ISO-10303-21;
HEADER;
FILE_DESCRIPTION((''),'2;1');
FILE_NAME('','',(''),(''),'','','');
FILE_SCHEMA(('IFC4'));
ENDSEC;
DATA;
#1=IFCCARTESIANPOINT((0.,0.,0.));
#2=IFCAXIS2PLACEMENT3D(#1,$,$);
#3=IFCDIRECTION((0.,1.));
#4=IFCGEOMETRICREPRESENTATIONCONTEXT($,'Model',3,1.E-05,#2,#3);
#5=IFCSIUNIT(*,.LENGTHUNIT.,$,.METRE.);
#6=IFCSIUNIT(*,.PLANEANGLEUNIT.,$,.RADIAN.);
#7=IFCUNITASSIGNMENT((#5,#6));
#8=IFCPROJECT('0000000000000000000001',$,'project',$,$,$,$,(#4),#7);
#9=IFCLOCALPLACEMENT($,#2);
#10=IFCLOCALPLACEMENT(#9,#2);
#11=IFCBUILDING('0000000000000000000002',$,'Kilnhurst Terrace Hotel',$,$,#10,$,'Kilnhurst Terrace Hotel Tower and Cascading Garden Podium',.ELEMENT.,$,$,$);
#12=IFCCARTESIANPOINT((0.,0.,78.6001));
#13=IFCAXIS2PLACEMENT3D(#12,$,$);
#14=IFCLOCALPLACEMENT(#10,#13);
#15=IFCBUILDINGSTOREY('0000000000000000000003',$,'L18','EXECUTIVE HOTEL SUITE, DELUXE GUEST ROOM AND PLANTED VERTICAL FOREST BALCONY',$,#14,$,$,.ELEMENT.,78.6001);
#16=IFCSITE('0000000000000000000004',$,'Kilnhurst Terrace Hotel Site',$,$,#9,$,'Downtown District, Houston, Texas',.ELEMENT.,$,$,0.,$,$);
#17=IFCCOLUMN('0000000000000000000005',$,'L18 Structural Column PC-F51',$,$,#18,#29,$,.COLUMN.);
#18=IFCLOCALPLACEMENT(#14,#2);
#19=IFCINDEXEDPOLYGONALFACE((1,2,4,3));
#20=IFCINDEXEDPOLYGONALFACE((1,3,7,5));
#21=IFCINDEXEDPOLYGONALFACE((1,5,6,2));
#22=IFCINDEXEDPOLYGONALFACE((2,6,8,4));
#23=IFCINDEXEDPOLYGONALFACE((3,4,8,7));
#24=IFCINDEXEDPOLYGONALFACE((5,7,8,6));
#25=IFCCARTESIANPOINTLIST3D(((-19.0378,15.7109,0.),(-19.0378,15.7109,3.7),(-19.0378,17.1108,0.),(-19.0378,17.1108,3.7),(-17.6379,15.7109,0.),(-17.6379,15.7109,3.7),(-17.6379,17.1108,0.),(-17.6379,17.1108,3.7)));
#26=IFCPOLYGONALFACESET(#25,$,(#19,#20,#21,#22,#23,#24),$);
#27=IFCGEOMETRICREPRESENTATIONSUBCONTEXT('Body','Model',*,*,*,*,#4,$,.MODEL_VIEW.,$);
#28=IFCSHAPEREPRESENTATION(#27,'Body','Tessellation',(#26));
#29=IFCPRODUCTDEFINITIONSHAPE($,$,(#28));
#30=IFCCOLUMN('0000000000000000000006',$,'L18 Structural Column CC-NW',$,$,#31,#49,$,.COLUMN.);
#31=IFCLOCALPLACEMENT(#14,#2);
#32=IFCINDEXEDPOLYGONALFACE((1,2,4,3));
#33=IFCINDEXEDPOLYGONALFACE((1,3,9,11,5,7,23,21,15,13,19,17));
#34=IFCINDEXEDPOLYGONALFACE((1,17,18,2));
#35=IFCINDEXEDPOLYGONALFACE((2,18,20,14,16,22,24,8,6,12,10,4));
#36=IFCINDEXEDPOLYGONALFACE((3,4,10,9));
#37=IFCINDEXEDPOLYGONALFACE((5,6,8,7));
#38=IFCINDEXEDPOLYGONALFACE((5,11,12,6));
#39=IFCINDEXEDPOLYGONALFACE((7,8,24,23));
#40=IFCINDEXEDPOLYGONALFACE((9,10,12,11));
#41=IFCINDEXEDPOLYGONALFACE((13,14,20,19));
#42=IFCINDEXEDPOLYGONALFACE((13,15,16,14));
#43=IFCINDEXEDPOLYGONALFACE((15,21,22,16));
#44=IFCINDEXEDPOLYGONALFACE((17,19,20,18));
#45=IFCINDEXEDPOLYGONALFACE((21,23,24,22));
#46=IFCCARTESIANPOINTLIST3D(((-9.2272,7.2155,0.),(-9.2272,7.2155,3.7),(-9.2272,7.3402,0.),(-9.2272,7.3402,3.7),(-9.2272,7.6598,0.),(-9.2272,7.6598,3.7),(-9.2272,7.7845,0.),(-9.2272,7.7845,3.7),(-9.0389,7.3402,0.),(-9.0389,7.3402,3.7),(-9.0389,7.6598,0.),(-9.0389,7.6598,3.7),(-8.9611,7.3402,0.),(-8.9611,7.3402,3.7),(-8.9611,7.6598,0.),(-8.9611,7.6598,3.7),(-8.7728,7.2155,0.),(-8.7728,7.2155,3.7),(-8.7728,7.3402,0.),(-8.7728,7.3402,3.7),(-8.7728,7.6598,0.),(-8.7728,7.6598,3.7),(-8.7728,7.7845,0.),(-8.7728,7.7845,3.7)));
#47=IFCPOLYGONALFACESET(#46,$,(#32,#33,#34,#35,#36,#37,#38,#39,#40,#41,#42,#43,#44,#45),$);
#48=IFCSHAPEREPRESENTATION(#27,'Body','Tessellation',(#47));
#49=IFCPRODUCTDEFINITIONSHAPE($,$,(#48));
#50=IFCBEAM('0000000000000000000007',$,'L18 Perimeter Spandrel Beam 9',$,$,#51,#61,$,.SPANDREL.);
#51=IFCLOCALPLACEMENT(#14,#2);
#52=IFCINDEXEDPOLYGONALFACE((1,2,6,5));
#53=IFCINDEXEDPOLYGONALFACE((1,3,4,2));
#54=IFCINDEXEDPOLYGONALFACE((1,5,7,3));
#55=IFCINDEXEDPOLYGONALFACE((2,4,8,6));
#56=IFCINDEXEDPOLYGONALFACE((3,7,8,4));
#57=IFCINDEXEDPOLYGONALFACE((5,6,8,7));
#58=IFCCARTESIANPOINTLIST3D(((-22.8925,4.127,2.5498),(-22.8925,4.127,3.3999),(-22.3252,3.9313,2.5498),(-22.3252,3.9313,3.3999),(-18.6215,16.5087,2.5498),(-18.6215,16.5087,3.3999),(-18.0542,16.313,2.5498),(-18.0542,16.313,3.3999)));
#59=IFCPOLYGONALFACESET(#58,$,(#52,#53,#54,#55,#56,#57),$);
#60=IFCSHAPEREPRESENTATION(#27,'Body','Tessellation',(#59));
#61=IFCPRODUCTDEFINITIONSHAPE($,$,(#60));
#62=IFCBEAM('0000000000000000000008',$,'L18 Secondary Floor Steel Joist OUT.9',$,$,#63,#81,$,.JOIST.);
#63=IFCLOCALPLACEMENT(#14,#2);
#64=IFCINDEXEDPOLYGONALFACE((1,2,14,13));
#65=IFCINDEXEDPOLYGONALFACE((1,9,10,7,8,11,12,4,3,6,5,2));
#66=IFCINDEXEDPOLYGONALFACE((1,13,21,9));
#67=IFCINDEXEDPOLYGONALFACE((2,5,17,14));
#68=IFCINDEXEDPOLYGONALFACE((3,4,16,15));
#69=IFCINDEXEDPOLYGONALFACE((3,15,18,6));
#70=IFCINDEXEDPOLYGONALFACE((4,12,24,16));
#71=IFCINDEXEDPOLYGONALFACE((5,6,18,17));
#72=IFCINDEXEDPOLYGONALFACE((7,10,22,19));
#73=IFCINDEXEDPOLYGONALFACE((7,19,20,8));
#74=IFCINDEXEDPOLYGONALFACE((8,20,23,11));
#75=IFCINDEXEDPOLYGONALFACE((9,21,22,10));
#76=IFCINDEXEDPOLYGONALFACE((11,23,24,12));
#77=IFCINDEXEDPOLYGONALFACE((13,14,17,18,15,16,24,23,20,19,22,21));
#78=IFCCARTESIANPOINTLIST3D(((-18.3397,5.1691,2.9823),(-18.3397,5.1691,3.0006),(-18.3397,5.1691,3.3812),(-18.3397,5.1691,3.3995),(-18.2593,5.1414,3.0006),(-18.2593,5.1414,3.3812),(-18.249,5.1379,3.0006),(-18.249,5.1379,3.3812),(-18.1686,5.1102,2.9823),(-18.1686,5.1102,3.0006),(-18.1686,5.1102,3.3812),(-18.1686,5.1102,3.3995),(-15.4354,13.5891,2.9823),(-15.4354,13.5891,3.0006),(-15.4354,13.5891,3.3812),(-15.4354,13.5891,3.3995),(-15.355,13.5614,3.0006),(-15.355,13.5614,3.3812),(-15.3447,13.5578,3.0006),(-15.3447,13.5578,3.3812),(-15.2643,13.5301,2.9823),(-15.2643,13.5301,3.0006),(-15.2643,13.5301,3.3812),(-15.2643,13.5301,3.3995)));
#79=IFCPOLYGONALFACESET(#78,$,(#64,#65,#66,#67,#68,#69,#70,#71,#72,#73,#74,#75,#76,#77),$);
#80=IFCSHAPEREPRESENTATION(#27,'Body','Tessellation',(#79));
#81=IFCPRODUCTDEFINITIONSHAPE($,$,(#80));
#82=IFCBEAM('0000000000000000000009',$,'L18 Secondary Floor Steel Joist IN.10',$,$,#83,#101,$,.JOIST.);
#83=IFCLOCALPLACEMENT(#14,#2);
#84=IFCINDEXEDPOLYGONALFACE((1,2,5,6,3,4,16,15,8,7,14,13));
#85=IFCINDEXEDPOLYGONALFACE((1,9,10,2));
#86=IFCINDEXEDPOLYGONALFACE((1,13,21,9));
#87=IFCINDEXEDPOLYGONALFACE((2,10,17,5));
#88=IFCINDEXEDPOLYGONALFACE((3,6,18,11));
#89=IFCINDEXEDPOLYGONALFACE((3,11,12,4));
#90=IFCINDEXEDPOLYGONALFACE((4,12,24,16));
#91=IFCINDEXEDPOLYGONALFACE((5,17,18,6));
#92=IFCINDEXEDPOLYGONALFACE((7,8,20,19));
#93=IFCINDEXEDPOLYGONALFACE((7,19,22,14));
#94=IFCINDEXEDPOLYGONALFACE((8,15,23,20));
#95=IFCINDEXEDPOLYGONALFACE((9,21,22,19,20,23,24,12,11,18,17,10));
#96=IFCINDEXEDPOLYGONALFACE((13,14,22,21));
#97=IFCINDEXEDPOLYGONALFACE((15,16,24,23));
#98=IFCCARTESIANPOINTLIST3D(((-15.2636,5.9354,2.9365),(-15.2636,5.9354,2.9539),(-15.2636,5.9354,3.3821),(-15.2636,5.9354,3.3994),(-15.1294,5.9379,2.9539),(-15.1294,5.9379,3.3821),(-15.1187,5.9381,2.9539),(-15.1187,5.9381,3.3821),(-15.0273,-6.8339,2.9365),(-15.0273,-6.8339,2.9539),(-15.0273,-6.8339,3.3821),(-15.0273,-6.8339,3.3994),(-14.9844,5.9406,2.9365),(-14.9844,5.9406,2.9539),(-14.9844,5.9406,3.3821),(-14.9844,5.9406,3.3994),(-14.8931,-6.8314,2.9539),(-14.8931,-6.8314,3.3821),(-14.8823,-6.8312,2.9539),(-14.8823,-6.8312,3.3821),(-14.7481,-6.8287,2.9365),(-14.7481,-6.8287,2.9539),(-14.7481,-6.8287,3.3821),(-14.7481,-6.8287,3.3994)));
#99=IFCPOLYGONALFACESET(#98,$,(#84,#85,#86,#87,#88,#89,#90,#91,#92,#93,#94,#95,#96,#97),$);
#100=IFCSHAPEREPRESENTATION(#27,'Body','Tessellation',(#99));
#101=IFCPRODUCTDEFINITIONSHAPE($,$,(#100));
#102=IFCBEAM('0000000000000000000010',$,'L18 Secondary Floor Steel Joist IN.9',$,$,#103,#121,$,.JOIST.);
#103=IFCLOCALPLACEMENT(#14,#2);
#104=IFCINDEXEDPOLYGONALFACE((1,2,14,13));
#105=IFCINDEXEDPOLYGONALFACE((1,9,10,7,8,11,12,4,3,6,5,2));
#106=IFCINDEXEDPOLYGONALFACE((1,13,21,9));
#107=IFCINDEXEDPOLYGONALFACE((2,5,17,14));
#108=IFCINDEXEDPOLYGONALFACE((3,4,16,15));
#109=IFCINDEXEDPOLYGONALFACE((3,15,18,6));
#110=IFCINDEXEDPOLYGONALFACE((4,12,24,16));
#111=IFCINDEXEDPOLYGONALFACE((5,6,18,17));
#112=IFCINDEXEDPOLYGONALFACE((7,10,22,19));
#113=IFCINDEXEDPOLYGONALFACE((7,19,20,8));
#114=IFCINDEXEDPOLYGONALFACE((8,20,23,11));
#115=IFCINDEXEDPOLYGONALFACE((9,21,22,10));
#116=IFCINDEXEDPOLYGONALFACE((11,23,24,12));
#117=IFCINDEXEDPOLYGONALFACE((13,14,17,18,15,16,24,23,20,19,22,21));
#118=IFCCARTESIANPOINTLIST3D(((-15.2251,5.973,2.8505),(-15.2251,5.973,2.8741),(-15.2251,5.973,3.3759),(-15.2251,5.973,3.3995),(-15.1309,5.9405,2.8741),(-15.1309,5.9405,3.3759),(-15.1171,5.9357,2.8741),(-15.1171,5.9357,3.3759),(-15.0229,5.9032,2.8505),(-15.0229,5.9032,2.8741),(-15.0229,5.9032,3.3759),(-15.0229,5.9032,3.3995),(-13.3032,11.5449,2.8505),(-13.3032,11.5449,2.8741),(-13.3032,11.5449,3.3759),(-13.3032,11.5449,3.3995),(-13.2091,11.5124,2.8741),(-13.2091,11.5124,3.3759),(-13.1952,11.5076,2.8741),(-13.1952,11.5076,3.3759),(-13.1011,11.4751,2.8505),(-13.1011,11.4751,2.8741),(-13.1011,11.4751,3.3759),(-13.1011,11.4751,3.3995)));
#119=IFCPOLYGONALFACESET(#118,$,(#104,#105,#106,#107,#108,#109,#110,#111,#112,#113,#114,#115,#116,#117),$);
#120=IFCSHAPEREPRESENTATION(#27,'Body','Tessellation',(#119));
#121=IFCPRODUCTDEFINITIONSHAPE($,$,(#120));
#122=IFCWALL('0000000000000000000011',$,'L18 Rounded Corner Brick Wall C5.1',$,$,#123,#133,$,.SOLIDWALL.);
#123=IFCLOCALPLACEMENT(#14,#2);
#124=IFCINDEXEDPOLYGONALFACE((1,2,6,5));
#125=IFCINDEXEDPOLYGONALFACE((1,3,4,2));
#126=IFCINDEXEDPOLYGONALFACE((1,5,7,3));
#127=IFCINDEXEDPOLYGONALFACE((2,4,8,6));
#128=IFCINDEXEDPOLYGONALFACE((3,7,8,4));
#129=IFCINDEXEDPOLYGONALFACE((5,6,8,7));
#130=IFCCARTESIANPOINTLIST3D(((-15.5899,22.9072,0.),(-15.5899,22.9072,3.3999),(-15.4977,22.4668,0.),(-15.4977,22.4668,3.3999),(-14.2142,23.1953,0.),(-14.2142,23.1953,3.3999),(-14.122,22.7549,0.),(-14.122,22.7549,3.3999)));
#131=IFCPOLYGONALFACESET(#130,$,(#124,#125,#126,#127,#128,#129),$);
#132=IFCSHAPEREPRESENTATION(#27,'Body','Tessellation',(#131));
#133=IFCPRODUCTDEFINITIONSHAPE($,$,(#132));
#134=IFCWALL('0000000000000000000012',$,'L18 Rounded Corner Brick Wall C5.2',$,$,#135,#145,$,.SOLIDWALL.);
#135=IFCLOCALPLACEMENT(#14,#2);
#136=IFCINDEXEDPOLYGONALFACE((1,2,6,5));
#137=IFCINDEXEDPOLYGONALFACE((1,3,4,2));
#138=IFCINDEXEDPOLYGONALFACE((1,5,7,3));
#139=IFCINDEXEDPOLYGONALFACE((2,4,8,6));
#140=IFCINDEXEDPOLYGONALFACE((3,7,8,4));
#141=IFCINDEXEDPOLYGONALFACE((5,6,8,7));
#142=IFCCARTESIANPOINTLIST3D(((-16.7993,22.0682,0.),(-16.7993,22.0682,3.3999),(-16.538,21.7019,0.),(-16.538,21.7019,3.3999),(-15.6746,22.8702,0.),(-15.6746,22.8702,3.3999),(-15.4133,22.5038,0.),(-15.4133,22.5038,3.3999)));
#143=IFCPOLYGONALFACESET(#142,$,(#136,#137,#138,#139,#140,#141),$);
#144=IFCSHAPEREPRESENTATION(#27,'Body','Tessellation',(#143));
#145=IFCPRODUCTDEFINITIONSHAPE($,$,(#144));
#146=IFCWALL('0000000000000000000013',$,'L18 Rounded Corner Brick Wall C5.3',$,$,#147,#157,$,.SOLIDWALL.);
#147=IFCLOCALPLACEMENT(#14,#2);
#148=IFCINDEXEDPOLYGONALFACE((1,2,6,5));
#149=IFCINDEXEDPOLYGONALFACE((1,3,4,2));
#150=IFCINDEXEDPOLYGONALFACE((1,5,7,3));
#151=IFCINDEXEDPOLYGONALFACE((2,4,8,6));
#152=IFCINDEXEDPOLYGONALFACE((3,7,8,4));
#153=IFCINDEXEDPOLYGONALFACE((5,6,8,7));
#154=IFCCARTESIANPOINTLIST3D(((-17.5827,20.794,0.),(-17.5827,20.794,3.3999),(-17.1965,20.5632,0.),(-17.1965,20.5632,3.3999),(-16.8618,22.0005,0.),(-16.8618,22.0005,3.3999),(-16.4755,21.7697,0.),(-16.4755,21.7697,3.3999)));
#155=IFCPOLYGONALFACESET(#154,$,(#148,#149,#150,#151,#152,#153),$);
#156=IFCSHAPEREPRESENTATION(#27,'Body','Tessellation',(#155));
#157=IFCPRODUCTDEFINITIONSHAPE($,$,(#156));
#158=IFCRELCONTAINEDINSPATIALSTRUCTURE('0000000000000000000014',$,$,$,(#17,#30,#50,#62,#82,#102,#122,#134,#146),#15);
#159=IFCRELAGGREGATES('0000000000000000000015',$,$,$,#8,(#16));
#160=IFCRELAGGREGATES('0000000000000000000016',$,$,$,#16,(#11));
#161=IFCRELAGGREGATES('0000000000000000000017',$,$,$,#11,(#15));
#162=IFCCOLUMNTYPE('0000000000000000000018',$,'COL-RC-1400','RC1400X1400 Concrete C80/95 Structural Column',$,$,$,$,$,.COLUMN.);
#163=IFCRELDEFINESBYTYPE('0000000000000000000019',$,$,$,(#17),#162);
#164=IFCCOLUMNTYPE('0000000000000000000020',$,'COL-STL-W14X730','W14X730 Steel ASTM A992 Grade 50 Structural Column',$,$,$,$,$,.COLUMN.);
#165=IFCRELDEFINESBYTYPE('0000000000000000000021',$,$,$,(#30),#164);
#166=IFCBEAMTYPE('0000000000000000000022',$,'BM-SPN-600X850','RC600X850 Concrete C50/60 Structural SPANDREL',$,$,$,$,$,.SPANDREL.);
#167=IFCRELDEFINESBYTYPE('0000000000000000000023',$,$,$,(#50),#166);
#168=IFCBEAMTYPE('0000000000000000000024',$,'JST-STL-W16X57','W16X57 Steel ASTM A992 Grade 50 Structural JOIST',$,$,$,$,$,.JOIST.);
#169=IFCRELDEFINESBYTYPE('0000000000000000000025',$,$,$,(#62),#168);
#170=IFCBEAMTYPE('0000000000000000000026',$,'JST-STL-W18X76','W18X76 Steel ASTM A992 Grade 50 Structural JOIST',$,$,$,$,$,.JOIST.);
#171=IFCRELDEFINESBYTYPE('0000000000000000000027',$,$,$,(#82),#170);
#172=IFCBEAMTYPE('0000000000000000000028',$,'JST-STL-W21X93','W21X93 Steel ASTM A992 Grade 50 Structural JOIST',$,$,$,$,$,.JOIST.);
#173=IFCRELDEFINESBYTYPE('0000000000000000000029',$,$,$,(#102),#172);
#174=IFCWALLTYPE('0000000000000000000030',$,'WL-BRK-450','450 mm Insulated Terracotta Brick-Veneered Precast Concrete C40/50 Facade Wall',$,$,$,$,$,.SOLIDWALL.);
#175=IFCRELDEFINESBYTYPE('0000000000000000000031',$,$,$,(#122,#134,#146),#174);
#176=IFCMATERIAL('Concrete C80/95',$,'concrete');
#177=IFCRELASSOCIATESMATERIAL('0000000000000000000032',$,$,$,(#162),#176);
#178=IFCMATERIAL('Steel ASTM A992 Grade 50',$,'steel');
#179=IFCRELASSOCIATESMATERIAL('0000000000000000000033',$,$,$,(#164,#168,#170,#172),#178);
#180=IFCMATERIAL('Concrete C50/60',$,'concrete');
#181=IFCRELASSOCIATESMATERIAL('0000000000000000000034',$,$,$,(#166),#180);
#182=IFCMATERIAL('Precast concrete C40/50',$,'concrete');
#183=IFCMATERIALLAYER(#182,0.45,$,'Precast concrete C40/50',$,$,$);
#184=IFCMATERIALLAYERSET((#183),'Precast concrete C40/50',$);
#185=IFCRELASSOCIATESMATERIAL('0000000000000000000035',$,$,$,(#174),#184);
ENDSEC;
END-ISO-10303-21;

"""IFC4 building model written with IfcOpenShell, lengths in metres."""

from ifc_helpers import new_model, si_unit, direction, frame, frame_2d, origin, origin_2d, place, context, subcontext, project, spatial, rectangle, i_section, extrude, material, layer, layer_set, material_profile, profile_set, type_object, element, save


model = new_model("IFC4")

# Units and contexts
model_context = context("Model", 3, precision=1e-05, world=origin(), true_north=direction((0.0, 1.0)))
body_context = subcontext(model_context, "Body", "Model", "MODEL_VIEW")
ifc_project = project(units=[si_unit("LENGTHUNIT", "METRE"), si_unit("PLANEANGLEUNIT", "RADIAN")], contexts=[model_context])

# Site, building, storey
site_placement = place(None, origin())
site = spatial("IfcSite", under=ifc_project, at=site_placement, Name="Kilnhurst Terrace Hotel Site", LongName="Downtown District, Houston, Texas", CompositionType="ELEMENT", RefElevation=0.0)
building_placement = place(site_placement, origin())
building = spatial("IfcBuilding", under=site, at=building_placement, Name="Kilnhurst Terrace Hotel", LongName="Kilnhurst Terrace Hotel Tower and Cascading Garden Podium", CompositionType="ELEMENT")
storey_placement = place(building_placement, frame((0.0, 0.0, 78.6001)))
storey = spatial("IfcBuildingStorey", under=building, at=storey_placement, Name="L18", Description="EXECUTIVE HOTEL SUITE, DELUXE GUEST ROOM AND PLANTED VERTICAL FOREST BALCONY", CompositionType="ELEMENT", Elevation=78.6001)

# Columns
ifc_material_1 = material(Name="Concrete C80/95", Category="concrete")
ifc_material_profile_1 = material_profile(ifc_material_1, rectangle(XDim=1.3999, YDim=1.3999, at=origin_2d()), Name="RC1400X1400")
ifc_profile_set_1 = profile_set([ifc_material_profile_1], Name="Concrete C80/95")
column_type_1 = type_object("IfcColumnType", Name="COL-RC-1400", Description="RC1400X1400 Concrete C80/95 Structural Column", PredefinedType="COLUMN", material=ifc_profile_set_1)
column_1_placement = place(storey_placement, frame((-18.3379, 16.4109, 0.0), z_axis=(0.0, 0.0, 1.0), x_axis=(1.0, 0.0, 0.0)))
element("IfcColumn", 1, at=column_1_placement, inside=storey, type_object=column_type_1, Name="L18 Structural Column PC-F51", PredefinedType="COLUMN", context=body_context, shape_type="SweptSolid", body=[
    extrude(rectangle(XDim=1.3999, YDim=1.3999, at=origin_2d()), origin(), (0.0, 0.0, 1.0), 3.7),
])
ifc_material_2 = material(Name="Steel ASTM A992 Grade 50", Category="steel")
ifc_material_profile_2 = material_profile(ifc_material_2, i_section(OverallWidth=0.4543, OverallDepth=0.5691, WebThickness=0.0779, FlangeThickness=0.1248, at=origin_2d()), Name="W14X730")
ifc_profile_set_2 = profile_set([ifc_material_profile_2], Name="Steel ASTM A992 Grade 50")
column_type_2 = type_object("IfcColumnType", Name="COL-STL-W14X730", Description="W14X730 Steel ASTM A992 Grade 50 Structural Column", PredefinedType="COLUMN", material=ifc_profile_set_2)
column_2_placement = place(storey_placement, frame((-9.0, 7.5, 0.0), z_axis=(0.0, 0.0, 1.0), x_axis=(1.0, 0.0, 0.0)))
element("IfcColumn", 2, at=column_2_placement, inside=storey, type_object=column_type_2, Name="L18 Structural Column CC-NW", PredefinedType="COLUMN", context=body_context, shape_type="SweptSolid", body=[
    extrude(i_section(OverallWidth=0.4543, OverallDepth=0.5691, WebThickness=0.0779, FlangeThickness=0.1248, at=origin_2d()), origin(), (0.0, 0.0, 1.0), 3.7),
])

# Beams
ifc_material_3 = material(Name="Concrete C50/60", Category="concrete")
ifc_material_profile_3 = material_profile(ifc_material_3, rectangle(XDim=0.6001, YDim=0.8501, at=origin_2d()), Name="RC600X850")
ifc_profile_set_3 = profile_set([ifc_material_profile_3], Name="Concrete C50/60")
beam_type_1 = type_object("IfcBeamType", Name="BM-SPN-600X850", Description="RC600X850 Concrete C50/60 Structural SPANDREL", PredefinedType="SPANDREL", material=ifc_profile_set_3)
beam_1_placement = place(storey_placement, frame((-18.3379, 16.4109, 2.9749), z_axis=(-0.326086, -0.94534, 0.0), x_axis=(0.94534, -0.326086, 0.0)))
element("IfcBeam", 3, at=beam_1_placement, inside=storey, type_object=beam_type_1, Name="L18 Perimeter Spandrel Beam 9", PredefinedType="SPANDREL", context=body_context, shape_type="SweptSolid", body=[
    extrude(rectangle(XDim=0.6001, YDim=0.8501, at=origin_2d()), origin(), (0.0, 0.0, 1.0), 13.0977),
])
ifc_material_profile_4 = material_profile(ifc_material_2, i_section(OverallWidth=0.1809, OverallDepth=0.4172, WebThickness=0.011, FlangeThickness=0.0183, at=origin_2d()), Name="W16X57")
ifc_profile_set_4 = profile_set([ifc_material_profile_4], Name="Steel ASTM A992 Grade 50")
beam_type_2 = type_object("IfcBeamType", Name="JST-STL-W16X57", Description="W16X57 Steel ASTM A992 Grade 50 Structural JOIST", PredefinedType="JOIST", material=ifc_profile_set_4)
beam_2_placement = place(storey_placement, frame((-15.3499, 13.5596, 3.1909), z_axis=(-0.326079, -0.945343, 0.0), x_axis=(0.945343, -0.326079, 0.0)))
element("IfcBeam", 4, at=beam_2_placement, inside=storey, type_object=beam_type_2, Name="L18 Secondary Floor Steel Joist OUT.9", PredefinedType="JOIST", context=body_context, shape_type="SweptSolid", body=[
    extrude(i_section(OverallWidth=0.1809, OverallDepth=0.4172, WebThickness=0.011, FlangeThickness=0.0183, at=origin_2d()), origin(), (0.0, 0.0, 1.0), 8.9067),
])
ifc_material_profile_5 = material_profile(ifc_material_2, i_section(OverallWidth=0.2793, OverallDepth=0.4629, WebThickness=0.0107, FlangeThickness=0.0173, at=origin_2d()), Name="W18X76")
ifc_profile_set_5 = profile_set([ifc_material_profile_5], Name="Steel ASTM A992 Grade 50")
beam_type_3 = type_object("IfcBeamType", Name="JST-STL-W18X76", Description="W18X76 Steel ASTM A992 Grade 50 Structural JOIST", PredefinedType="JOIST", material=ifc_profile_set_5)
beam_3_placement = place(storey_placement, frame((-15.124, 5.938, 3.168), z_axis=(0.018504, -0.999829, 0.0), x_axis=(0.999829, 0.018504, 0.0)))
element("IfcBeam", 5, at=beam_3_placement, inside=storey, type_object=beam_type_3, Name="L18 Secondary Floor Steel Joist IN.10", PredefinedType="JOIST", context=body_context, shape_type="SweptSolid", body=[
    extrude(i_section(OverallWidth=0.2793, OverallDepth=0.4629, WebThickness=0.0107, FlangeThickness=0.0173, at=origin_2d()), origin(), (0.0, 0.0, 1.0), 12.7715),
])
ifc_material_profile_6 = material_profile(ifc_material_2, i_section(OverallWidth=0.2139, OverallDepth=0.5491, WebThickness=0.0146, FlangeThickness=0.0237, at=origin_2d()), Name="W21X93")
ifc_profile_set_6 = profile_set([ifc_material_profile_6], Name="Steel ASTM A992 Grade 50")
beam_type_4 = type_object("IfcBeamType", Name="JST-STL-W21X93", Description="W21X93 Steel ASTM A992 Grade 50 Structural JOIST", PredefinedType="JOIST", material=ifc_profile_set_6)
beam_4_placement = place(storey_placement, frame((-13.2021, 11.51, 3.125), z_axis=(-0.326065, -0.945347, 0.0), x_axis=(0.945347, -0.326065, 0.0)))
element("IfcBeam", 6, at=beam_4_placement, inside=storey, type_object=beam_type_4, Name="L18 Secondary Floor Steel Joist IN.9", PredefinedType="JOIST", context=body_context, shape_type="SweptSolid", body=[
    extrude(i_section(OverallWidth=0.2139, OverallDepth=0.5491, WebThickness=0.0146, FlangeThickness=0.0237, at=origin_2d()), origin(), (0.0, 0.0, 1.0), 5.894),
])

# Walls
ifc_material_4 = material(Name="Precast concrete C40/50", Category="concrete")
ifc_layer_1 = layer(ifc_material_4, 0.45, Name="Precast concrete C40/50")
ifc_layer_set_1 = layer_set([ifc_layer_1], Name="Precast concrete C40/50")
wall_type_1 = type_object("IfcWallType", Name="WL-BRK-450", Description="450 mm Insulated Terracotta Brick-Veneered Precast Concrete C40/50 Facade Wall", PredefinedType="SOLIDWALL", material=ifc_layer_set_1)
wall_1_placement = place(storey_placement, frame((-14.1682, 22.9751, 0.0), z_axis=(0.0, 0.0, 1.0), x_axis=(-0.97877, -0.20496, 0.0)))
element("IfcWall", 7, at=wall_1_placement, inside=storey, type_object=wall_type_1, Name="L18 Rounded Corner Brick Wall C5.1", PredefinedType="SOLIDWALL", context=body_context, shape_type="SweptSolid", body=[
    extrude(rectangle(XDim=1.4055, YDim=0.45, at=frame_2d((0.7026, 0.0))), origin(), (0.0, 0.0, 1.0), 3.3999),
])
wall_2_placement = place(storey_placement, frame((-15.5439, 22.687, 0.0), z_axis=(0.0, 0.0, 1.0), x_axis=(-0.814211, -0.580569, 0.0)))
element("IfcWall", 8, at=wall_2_placement, inside=storey, type_object=wall_type_1, Name="L18 Rounded Corner Brick Wall C5.2", PredefinedType="SOLIDWALL", context=body_context, shape_type="SweptSolid", body=[
    extrude(rectangle(XDim=1.3813, YDim=0.45, at=frame_2d((0.6907, 0.0))), origin(), (0.0, 0.0, 1.0), 3.3999),
])
wall_3_placement = place(storey_placement, frame((-16.6687, 21.885, 0.0), z_axis=(0.0, 0.0, 1.0), x_axis=(-0.512937, -0.858426, 0.0)))
element("IfcWall", 9, at=wall_3_placement, inside=storey, type_object=wall_type_1, Name="L18 Rounded Corner Brick Wall C5.3", PredefinedType="SOLIDWALL", context=body_context, shape_type="SweptSolid", body=[
    extrude(rectangle(XDim=1.4055, YDim=0.45, at=frame_2d((0.7026, 0.0))), origin(), (0.0, 0.0, 1.0), 3.3999),
])

save(model, "model.ifc")
